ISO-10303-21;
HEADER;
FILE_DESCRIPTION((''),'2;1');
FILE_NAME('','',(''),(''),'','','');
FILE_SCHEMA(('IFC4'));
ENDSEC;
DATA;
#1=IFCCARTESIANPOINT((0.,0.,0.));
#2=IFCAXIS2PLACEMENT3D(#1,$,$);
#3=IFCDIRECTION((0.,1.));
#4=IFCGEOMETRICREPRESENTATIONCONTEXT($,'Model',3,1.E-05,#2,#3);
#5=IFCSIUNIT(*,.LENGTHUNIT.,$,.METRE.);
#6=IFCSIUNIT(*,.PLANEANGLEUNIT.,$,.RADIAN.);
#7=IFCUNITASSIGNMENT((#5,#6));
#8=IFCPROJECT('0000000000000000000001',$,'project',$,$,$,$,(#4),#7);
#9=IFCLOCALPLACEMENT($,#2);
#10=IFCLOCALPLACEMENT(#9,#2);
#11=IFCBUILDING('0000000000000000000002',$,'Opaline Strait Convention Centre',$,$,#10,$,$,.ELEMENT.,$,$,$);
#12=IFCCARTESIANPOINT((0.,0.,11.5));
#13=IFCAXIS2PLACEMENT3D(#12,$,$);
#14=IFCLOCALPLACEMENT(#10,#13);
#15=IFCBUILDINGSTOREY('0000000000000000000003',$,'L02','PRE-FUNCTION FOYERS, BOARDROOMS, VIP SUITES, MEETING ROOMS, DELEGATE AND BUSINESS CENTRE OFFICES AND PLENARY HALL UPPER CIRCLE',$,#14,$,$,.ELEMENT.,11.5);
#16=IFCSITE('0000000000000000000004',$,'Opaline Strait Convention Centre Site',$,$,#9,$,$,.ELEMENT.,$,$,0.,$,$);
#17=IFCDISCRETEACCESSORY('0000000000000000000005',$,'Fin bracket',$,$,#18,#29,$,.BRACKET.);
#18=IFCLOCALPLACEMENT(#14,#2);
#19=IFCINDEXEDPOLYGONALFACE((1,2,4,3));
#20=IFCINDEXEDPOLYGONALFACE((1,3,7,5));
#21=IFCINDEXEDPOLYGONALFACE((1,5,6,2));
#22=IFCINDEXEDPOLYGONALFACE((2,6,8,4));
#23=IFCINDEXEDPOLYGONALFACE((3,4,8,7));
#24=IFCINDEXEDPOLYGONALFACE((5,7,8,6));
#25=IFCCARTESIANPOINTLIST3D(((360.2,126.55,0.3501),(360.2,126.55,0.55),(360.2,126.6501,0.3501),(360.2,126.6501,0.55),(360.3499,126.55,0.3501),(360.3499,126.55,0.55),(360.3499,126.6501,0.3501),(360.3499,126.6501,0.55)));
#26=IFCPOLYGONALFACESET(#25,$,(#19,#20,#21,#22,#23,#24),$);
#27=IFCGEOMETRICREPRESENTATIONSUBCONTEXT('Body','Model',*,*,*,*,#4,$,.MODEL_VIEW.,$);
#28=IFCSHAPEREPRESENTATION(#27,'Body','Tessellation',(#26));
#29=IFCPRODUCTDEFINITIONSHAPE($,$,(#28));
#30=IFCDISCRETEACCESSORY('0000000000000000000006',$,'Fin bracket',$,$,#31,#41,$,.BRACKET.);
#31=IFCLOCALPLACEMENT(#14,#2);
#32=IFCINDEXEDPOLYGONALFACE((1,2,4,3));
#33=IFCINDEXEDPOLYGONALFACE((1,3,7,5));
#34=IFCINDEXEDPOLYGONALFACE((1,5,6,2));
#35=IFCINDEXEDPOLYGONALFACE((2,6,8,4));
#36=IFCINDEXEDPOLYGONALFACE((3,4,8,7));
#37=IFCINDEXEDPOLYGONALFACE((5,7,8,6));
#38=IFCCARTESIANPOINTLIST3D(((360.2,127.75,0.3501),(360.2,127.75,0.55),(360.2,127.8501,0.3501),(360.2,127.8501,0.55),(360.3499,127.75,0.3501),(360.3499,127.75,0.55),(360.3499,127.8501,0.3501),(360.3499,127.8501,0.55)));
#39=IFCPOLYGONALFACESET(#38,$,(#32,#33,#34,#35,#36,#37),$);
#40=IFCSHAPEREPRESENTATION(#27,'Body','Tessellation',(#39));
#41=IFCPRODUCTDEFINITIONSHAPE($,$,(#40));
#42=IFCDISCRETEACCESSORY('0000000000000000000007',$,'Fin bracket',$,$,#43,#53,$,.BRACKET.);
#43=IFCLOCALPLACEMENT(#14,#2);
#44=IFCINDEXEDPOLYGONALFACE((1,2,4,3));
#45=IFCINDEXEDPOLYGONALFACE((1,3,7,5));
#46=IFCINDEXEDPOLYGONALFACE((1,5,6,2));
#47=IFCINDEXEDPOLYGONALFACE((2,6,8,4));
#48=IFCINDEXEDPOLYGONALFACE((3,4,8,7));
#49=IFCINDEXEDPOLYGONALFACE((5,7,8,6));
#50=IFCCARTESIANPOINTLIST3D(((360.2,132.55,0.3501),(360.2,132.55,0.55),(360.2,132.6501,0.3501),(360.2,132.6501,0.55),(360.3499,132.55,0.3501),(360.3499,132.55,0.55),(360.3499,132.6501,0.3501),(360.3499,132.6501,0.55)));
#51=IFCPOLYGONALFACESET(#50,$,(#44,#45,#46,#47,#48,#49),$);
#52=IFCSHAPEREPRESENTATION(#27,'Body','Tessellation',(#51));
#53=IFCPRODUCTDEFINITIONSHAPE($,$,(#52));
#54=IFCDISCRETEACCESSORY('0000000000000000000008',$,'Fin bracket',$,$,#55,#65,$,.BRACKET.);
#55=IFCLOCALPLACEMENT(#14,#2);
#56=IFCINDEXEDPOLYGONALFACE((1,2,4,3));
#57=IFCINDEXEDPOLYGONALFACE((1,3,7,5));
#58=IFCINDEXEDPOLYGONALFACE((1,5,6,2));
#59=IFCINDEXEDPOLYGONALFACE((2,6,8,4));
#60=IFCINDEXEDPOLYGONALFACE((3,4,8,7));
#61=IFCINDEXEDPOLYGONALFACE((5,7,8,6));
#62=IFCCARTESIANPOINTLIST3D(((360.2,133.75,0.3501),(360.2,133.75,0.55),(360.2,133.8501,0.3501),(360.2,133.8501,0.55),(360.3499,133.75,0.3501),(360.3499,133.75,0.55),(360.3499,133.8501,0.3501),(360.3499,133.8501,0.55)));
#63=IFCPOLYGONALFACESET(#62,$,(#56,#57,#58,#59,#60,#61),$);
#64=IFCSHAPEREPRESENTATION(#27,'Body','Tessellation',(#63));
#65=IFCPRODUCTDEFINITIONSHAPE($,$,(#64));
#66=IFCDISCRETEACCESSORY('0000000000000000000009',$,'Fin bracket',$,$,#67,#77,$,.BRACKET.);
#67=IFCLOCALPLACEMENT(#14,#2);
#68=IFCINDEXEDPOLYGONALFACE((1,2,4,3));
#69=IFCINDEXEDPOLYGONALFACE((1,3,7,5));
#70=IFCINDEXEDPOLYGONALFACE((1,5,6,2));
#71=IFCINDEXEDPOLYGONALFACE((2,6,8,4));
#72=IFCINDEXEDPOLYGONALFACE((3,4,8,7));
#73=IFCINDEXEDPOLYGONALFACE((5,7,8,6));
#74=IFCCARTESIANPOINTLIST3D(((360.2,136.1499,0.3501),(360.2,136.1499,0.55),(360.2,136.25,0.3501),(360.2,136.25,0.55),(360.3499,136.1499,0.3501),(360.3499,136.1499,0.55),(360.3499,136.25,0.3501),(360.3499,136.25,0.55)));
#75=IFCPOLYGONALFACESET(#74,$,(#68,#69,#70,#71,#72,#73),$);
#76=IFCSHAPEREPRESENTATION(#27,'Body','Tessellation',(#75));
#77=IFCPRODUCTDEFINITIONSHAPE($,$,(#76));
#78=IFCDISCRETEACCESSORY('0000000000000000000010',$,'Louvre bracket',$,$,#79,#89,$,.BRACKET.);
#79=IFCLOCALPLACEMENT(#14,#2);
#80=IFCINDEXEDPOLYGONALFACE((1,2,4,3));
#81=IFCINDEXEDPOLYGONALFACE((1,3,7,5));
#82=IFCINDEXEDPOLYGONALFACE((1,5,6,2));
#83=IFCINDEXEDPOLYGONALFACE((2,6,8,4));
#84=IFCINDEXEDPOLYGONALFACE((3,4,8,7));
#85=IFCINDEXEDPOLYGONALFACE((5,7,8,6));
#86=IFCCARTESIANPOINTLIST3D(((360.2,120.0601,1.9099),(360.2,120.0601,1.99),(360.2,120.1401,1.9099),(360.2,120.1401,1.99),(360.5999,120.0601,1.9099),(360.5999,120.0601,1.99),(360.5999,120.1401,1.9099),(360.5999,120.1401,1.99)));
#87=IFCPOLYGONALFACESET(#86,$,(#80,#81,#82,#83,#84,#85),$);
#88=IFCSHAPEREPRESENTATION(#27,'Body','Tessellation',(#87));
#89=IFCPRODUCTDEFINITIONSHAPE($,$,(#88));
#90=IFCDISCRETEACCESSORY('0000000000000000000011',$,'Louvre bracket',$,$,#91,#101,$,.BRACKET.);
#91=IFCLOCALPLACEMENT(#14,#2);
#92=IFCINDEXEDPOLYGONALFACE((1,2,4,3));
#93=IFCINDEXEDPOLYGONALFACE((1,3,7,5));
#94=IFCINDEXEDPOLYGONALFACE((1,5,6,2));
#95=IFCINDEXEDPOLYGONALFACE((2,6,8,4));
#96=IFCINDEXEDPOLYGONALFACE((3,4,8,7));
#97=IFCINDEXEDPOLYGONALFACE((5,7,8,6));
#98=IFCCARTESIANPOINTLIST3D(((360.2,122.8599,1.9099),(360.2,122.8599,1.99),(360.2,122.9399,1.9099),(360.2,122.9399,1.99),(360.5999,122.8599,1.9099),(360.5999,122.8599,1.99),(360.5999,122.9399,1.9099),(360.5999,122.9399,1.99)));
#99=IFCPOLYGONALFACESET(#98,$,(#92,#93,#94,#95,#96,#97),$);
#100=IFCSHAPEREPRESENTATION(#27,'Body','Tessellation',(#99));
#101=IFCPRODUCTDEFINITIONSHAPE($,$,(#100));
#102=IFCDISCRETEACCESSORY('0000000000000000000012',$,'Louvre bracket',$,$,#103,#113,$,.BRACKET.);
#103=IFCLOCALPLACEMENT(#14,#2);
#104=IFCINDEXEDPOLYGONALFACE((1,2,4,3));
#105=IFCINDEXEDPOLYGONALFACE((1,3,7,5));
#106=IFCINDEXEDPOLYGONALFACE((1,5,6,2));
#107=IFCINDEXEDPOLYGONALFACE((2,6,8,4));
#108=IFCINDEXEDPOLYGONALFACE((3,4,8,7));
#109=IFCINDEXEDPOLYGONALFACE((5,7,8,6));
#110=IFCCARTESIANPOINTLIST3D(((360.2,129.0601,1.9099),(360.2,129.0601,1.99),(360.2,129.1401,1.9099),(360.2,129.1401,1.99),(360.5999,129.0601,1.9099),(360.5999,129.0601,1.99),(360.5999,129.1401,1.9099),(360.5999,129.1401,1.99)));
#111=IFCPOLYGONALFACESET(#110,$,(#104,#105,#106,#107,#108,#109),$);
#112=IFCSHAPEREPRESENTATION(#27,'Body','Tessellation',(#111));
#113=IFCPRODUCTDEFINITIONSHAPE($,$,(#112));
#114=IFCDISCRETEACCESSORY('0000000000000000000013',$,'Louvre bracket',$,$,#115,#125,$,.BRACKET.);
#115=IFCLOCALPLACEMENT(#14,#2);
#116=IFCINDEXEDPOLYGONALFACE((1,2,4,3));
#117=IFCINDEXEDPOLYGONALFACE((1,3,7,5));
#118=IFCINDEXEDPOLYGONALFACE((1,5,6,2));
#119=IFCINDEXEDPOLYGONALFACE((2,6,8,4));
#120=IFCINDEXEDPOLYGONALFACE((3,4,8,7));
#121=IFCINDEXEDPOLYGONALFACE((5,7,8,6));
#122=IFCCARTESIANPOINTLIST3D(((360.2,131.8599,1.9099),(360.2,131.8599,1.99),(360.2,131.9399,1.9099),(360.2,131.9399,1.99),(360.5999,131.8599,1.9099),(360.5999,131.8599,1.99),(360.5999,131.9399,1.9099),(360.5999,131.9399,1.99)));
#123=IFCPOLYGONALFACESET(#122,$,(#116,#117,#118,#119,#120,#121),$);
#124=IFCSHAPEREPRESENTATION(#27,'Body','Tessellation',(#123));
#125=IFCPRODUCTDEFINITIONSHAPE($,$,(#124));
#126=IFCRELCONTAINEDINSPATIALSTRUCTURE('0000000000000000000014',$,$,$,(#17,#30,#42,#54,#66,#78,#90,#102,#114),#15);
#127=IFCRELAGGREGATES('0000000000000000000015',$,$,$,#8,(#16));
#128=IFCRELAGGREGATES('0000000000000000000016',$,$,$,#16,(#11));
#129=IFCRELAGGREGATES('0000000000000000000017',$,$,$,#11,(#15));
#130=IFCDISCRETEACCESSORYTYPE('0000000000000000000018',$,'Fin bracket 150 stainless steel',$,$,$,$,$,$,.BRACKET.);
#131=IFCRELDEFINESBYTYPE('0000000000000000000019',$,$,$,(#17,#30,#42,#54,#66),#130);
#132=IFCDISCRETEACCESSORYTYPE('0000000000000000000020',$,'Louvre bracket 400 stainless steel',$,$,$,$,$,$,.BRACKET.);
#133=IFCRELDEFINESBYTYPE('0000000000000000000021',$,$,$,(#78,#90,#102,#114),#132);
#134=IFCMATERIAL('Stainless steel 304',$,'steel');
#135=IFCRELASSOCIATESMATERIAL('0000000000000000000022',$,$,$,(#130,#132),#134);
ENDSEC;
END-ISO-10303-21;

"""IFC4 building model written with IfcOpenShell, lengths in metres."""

from ifc_helpers import new_model, si_unit, direction, frame, origin, origin_2d, place, context, subcontext, project, spatial, rectangle, extrude, material, type_object, element, save


model = new_model("IFC4")

# Units and contexts
model_context = context("Model", 3, precision=1e-05, world=origin(), true_north=direction((0.0, 1.0)))
body_context = subcontext(model_context, "Body", "Model", "MODEL_VIEW")
ifc_project = project(units=[si_unit("LENGTHUNIT", "METRE"), si_unit("PLANEANGLEUNIT", "RADIAN")], contexts=[model_context])

# Site, building, storey
site_placement = place(None, origin())
site = spatial("IfcSite", under=ifc_project, at=site_placement, Name="Opaline Strait Convention Centre Site", CompositionType="ELEMENT", RefElevation=0.0)
building_placement = place(site_placement, origin())
building = spatial("IfcBuilding", under=site, at=building_placement, Name="Opaline Strait Convention Centre", CompositionType="ELEMENT")
storey_placement = place(building_placement, frame((0.0, 0.0, 11.5)))
storey = spatial("IfcBuildingStorey", under=building, at=storey_placement, Name="L02", Description="PRE-FUNCTION FOYERS, BOARDROOMS, VIP SUITES, MEETING ROOMS, DELEGATE AND BUSINESS CENTRE OFFICES AND PLENARY HALL UPPER CIRCLE", CompositionType="ELEMENT", Elevation=11.5)

# Discrete accessories
ifc_material_1 = material(Name="Stainless steel 304", Category="steel")
discrete_accessory_type_1 = type_object("IfcDiscreteAccessoryType", Name="Fin bracket 150 stainless steel", PredefinedType="BRACKET", material=ifc_material_1)
for number, where, z_axis, x_axis, name in (
    (1, (360.2749, 126.6001, 0.3501), (0.0, 0.0, 1.0), (1.0, 0.0, 0.0), "Fin bracket"),
    (2, (360.2749, 127.8, 0.3501), (0.0, 0.0, 1.0), (1.0, 0.0, 0.0), "Fin bracket"),
    (3, (360.2749, 132.6001, 0.3501), (0.0, 0.0, 1.0), (1.0, 0.0, 0.0), "Fin bracket"),
    (4, (360.2749, 133.8, 0.3501), (0.0, 0.0, 1.0), (1.0, 0.0, 0.0), "Fin bracket"),
    (5, (360.2749, 136.2, 0.3501), (0.0, 0.0, 1.0), (1.0, 0.0, 0.0), "Fin bracket"),
):
    element("IfcDiscreteAccessory", number, at=place(storey_placement, frame(where, z_axis=z_axis, x_axis=x_axis)), inside=storey, type_object=discrete_accessory_type_1, Name=name, PredefinedType="BRACKET", context=body_context, shape_type="SweptSolid", body=[
        extrude(rectangle(XDim=0.1499, YDim=0.1001, at=origin_2d()), origin(), (0.0, 0.0, 1.0), 0.2),
    ])
discrete_accessory_type_2 = type_object("IfcDiscreteAccessoryType", Name="Louvre bracket 400 stainless steel", PredefinedType="BRACKET", material=ifc_material_1)
for number, where, z_axis, x_axis, name in (
    (6, (360.3999, 120.1001, 1.9099), (0.0, 0.0, 1.0), (1.0, 0.0, 0.0), "Louvre bracket"),
    (7, (360.3999, 122.8999, 1.9099), (0.0, 0.0, 1.0), (1.0, 0.0, 0.0), "Louvre bracket"),
    (8, (360.3999, 129.1001, 1.9099), (0.0, 0.0, 1.0), (1.0, 0.0, 0.0), "Louvre bracket"),
    (9, (360.3999, 131.8999, 1.9099), (0.0, 0.0, 1.0), (1.0, 0.0, 0.0), "Louvre bracket"),
):
    element("IfcDiscreteAccessory", number, at=place(storey_placement, frame(where, z_axis=z_axis, x_axis=x_axis)), inside=storey, type_object=discrete_accessory_type_2, Name=name, PredefinedType="BRACKET", context=body_context, shape_type="SweptSolid", body=[
        extrude(rectangle(XDim=0.3999, YDim=0.0801, at=origin_2d()), origin(), (0.0, 0.0, 1.0), 0.0801),
    ])

save(model, "model.ifc")
